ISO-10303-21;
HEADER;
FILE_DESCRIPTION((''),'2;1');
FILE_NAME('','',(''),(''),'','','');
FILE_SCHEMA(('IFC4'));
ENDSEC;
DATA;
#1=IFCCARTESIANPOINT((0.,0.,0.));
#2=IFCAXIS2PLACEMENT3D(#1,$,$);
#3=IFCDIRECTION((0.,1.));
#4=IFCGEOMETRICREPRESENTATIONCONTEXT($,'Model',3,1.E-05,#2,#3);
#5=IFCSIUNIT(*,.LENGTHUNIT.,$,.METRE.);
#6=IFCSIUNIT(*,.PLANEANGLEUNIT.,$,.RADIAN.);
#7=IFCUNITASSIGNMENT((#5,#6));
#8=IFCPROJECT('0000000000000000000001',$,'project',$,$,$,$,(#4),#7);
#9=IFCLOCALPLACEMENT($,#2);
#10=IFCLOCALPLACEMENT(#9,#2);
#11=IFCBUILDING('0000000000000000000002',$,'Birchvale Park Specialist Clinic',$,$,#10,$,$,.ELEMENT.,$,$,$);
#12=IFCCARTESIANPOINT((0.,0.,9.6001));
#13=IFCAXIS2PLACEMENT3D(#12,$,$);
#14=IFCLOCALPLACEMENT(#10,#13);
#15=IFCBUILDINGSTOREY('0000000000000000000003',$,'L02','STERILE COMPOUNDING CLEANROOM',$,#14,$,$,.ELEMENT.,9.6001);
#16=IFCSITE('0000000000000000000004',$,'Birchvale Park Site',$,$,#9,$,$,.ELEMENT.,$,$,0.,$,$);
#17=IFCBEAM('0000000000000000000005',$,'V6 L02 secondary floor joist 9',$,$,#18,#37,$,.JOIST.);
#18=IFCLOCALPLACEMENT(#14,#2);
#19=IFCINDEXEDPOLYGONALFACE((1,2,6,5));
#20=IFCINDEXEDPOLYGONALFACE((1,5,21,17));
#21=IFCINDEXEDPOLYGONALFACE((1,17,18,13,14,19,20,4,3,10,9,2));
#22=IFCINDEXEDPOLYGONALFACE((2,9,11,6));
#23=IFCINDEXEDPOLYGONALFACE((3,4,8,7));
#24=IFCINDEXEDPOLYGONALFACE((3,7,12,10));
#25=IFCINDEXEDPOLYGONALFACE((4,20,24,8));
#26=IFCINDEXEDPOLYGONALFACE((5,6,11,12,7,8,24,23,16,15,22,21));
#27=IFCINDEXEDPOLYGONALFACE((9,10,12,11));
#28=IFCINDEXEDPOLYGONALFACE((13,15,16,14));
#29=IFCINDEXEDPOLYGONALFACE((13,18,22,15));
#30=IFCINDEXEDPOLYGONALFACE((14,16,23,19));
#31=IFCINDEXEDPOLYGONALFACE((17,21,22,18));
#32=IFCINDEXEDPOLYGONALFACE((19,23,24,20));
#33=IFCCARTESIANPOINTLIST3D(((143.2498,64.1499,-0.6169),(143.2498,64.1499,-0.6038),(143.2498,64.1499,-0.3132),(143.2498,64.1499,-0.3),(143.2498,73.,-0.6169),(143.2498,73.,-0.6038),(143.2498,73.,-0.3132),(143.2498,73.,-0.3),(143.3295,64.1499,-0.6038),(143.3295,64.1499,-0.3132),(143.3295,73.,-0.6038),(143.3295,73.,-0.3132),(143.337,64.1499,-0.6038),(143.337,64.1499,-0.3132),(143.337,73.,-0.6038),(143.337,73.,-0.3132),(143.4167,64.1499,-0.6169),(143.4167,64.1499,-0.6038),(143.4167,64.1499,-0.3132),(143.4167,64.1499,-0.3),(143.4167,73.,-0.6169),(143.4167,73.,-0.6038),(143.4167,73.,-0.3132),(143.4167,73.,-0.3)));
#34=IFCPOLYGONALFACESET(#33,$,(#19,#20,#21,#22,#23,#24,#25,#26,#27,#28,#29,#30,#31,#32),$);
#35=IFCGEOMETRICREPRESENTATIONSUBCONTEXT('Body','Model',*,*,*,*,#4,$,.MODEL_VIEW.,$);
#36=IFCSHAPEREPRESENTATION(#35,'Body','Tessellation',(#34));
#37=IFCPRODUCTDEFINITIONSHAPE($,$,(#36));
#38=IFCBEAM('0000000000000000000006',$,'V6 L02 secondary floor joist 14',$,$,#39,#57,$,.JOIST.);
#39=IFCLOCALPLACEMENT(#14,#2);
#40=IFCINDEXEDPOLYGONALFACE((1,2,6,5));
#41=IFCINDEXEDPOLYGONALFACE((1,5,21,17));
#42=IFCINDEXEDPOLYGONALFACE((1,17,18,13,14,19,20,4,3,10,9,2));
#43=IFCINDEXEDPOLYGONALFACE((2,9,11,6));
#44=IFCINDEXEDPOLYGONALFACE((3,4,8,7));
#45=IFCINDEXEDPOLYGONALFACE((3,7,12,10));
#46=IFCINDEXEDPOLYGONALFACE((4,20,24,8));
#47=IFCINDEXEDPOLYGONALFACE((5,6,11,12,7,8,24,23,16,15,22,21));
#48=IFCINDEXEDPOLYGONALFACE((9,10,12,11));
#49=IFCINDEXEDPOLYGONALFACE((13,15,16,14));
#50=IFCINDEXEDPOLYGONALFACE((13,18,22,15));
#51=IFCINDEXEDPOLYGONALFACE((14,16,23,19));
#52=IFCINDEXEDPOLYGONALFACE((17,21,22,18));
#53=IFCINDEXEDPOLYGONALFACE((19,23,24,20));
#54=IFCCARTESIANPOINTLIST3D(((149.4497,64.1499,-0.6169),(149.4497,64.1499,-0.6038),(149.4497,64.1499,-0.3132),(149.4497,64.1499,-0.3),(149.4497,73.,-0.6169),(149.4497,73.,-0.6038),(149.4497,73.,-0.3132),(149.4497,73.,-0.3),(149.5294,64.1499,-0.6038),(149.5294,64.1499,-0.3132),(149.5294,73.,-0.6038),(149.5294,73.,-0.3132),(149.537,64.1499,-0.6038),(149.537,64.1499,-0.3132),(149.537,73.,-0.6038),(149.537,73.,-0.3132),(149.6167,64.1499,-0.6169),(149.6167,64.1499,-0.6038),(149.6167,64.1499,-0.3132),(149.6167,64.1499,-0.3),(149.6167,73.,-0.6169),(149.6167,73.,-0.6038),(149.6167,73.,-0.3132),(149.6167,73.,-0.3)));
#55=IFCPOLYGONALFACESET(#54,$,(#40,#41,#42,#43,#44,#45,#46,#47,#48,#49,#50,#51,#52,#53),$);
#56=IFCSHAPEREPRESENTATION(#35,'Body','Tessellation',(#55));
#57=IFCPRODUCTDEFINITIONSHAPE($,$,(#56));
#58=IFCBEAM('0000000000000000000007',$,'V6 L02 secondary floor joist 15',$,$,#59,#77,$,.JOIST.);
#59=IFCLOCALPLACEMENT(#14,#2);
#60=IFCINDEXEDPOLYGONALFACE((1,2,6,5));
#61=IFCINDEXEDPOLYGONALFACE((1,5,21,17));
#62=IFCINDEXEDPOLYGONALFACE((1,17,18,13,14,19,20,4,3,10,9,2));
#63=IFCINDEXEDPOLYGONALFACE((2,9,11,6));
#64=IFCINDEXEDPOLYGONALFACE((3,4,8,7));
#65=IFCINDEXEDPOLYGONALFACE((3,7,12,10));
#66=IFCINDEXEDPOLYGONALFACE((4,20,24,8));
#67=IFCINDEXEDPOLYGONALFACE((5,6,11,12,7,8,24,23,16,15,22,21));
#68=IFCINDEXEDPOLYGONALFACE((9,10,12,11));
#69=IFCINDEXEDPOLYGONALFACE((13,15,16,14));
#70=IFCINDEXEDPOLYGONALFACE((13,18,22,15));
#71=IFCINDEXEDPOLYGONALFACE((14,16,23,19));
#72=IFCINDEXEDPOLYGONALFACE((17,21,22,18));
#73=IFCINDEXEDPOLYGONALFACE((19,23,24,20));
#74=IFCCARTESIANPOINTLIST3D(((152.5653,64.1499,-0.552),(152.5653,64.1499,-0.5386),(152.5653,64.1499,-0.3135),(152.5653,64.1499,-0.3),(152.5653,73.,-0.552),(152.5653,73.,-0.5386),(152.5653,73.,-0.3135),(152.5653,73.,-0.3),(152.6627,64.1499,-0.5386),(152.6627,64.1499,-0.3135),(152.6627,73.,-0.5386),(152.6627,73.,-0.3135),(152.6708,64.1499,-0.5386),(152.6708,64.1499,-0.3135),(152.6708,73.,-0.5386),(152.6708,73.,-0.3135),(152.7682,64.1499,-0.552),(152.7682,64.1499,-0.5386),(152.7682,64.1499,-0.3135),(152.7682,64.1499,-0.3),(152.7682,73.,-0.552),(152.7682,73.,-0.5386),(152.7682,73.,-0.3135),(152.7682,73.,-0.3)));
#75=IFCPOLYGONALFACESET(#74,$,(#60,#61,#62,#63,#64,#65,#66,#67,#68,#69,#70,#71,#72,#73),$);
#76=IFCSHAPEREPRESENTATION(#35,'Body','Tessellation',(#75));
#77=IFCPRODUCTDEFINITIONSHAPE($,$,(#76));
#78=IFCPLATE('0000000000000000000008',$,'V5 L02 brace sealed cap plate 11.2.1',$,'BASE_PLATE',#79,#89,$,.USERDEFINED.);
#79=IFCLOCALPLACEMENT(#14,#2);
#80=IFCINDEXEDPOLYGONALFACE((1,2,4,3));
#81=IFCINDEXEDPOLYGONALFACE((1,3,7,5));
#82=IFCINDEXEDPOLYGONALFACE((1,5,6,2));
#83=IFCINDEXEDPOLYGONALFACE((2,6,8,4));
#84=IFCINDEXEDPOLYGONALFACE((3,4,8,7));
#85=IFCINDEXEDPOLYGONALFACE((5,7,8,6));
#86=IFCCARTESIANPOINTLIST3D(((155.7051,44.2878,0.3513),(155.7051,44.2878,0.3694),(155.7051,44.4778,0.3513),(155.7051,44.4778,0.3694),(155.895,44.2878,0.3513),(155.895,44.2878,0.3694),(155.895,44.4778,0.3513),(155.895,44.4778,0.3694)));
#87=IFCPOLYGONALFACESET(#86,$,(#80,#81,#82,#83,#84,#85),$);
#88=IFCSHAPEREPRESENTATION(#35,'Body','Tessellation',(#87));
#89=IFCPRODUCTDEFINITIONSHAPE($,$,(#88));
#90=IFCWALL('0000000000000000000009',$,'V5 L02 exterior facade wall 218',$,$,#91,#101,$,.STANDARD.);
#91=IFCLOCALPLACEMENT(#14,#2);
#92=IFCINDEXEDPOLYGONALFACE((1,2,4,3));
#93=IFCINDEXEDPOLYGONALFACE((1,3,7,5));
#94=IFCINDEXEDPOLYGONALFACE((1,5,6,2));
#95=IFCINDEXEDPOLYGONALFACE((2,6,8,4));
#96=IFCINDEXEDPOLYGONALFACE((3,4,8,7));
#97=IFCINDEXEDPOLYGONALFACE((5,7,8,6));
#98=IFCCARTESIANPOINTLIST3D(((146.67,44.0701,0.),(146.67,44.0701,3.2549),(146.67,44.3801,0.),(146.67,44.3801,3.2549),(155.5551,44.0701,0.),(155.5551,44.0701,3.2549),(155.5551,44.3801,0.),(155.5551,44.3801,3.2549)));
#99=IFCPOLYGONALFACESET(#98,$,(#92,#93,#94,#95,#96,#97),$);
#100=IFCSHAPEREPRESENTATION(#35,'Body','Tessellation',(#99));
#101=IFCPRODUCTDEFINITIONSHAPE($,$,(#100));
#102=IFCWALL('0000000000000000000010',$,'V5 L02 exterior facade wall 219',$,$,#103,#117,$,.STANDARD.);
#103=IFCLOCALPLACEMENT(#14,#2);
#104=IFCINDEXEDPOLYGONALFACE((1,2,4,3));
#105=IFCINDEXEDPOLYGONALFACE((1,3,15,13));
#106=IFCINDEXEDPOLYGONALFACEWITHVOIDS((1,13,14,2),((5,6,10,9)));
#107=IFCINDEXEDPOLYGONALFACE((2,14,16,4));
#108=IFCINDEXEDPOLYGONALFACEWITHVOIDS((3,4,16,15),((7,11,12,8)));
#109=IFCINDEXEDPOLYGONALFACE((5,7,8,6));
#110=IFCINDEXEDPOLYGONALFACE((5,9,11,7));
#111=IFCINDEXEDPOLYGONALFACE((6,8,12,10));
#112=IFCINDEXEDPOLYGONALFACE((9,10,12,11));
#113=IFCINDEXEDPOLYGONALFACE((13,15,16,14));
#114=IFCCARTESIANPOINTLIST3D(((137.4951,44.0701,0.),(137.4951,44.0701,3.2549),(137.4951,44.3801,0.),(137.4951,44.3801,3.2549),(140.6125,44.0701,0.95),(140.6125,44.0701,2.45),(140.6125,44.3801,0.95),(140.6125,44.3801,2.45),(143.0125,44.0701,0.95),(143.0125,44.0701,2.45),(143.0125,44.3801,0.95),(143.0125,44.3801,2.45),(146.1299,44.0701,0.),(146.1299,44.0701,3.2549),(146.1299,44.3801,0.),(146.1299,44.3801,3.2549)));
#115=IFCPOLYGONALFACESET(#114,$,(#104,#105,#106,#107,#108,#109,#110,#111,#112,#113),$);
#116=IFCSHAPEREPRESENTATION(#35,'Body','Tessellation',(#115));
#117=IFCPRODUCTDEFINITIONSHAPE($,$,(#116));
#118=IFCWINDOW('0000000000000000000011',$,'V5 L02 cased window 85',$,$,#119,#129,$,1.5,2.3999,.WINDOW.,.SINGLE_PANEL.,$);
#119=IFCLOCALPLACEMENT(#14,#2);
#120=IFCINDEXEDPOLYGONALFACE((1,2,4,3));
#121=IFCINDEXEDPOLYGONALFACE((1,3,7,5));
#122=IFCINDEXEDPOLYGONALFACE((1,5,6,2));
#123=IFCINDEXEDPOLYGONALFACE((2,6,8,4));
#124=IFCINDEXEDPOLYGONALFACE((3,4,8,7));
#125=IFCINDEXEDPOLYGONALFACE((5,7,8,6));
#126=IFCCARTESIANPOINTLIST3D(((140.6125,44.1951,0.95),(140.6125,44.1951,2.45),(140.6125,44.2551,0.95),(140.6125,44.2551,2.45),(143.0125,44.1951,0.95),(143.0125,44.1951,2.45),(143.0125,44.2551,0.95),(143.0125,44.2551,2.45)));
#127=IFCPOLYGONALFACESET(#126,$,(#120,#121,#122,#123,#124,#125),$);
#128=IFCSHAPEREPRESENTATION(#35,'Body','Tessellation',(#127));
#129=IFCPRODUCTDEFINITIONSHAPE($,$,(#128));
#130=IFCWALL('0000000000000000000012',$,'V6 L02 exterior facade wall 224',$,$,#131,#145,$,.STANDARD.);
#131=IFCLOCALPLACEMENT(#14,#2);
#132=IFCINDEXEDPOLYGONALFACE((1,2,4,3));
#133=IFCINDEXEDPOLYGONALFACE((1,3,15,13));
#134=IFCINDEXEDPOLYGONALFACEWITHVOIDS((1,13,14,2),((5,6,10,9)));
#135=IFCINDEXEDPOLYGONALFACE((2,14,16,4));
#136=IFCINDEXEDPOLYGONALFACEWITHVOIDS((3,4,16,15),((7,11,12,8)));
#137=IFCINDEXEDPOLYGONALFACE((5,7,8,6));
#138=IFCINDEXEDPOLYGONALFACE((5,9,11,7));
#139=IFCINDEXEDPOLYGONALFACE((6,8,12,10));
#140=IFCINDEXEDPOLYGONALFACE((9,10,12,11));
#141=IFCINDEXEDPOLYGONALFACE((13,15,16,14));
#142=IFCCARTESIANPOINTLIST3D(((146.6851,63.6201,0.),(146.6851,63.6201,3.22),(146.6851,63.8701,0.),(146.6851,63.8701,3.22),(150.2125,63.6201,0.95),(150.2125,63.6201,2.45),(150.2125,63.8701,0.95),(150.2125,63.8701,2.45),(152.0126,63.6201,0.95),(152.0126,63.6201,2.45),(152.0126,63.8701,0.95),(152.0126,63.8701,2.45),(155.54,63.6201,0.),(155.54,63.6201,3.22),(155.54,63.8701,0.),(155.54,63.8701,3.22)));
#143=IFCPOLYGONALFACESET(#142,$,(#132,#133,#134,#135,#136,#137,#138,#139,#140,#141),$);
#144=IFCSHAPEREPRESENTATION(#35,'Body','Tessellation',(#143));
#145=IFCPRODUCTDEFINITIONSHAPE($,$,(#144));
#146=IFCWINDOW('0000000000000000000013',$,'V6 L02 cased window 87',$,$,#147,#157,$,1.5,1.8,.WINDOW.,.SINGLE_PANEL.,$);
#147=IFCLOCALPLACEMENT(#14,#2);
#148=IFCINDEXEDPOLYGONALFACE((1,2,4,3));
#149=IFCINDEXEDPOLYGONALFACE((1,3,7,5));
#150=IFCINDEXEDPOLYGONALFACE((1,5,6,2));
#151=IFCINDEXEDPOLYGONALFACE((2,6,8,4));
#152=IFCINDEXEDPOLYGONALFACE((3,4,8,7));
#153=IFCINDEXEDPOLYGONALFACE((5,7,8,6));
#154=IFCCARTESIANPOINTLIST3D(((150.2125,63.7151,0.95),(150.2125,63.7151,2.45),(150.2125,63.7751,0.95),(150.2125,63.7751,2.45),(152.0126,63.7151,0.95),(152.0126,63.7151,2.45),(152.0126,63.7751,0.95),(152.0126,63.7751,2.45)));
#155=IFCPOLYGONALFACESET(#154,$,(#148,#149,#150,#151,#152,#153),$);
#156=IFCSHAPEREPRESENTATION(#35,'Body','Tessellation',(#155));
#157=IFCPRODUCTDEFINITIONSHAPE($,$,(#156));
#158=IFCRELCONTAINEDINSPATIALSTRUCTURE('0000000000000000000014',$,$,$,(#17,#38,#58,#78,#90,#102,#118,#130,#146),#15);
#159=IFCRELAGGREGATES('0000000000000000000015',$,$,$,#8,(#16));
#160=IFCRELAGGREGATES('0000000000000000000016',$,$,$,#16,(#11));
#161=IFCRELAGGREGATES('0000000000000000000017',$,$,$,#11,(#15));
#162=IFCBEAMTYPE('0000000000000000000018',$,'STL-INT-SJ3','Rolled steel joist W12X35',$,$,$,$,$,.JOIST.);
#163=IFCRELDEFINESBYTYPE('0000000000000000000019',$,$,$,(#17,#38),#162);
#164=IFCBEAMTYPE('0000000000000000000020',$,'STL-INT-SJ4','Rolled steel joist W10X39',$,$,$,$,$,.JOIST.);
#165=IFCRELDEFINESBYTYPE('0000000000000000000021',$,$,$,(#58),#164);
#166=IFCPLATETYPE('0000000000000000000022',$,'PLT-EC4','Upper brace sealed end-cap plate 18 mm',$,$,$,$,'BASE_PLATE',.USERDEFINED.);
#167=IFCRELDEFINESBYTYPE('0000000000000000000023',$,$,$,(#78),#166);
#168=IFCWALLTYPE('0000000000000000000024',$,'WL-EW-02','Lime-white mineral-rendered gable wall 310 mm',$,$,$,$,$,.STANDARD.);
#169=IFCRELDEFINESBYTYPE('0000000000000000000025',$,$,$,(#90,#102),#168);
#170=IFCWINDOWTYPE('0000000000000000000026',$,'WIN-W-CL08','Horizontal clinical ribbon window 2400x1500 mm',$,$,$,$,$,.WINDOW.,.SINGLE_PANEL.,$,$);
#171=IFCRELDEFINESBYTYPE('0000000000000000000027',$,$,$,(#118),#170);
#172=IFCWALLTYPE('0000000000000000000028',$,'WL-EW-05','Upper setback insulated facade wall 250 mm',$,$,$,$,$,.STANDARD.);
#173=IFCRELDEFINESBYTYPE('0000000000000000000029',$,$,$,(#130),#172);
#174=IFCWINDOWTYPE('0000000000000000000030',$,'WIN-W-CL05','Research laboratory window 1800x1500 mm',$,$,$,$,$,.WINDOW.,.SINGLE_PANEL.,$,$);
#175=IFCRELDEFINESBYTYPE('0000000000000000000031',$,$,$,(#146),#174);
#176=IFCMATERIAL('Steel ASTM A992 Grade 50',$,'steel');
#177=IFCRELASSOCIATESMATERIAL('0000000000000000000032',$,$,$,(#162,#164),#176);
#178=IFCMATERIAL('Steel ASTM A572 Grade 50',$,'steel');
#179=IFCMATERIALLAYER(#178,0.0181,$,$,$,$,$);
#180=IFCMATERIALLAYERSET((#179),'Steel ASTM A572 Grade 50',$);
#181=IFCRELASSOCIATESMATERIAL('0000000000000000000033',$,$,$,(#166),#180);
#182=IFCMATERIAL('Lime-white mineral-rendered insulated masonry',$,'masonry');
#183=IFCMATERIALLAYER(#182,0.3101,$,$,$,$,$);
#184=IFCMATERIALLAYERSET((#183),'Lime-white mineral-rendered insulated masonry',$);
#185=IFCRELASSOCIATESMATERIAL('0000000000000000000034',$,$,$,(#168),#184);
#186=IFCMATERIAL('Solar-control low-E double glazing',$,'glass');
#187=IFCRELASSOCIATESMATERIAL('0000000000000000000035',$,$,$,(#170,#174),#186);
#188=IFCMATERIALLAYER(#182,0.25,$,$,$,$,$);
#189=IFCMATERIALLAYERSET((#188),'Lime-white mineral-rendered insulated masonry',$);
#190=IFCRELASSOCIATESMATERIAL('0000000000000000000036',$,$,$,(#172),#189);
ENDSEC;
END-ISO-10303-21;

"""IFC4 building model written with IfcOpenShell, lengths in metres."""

from ifc_helpers import new_model, si_unit, direction, frame, frame_2d, origin, origin_2d, place, context, subcontext, project, spatial, rectangle, i_section, extrude, material, layer, layer_set, material_profile, profile_set, type_object, element, fill, save


model = new_model("IFC4")

# Units and contexts
model_context = context("Model", 3, precision=1e-05, world=origin(), true_north=direction((0.0, 1.0)))
body_context = subcontext(model_context, "Body", "Model", "MODEL_VIEW")
ifc_project = project(units=[si_unit("LENGTHUNIT", "METRE"), si_unit("PLANEANGLEUNIT", "RADIAN")], contexts=[model_context])

# Site, building, storey
site_placement = place(None, origin())
site = spatial("IfcSite", under=ifc_project, at=site_placement, Name="Birchvale Park Site", CompositionType="ELEMENT", RefElevation=0.0)
building_placement = place(site_placement, origin())
building = spatial("IfcBuilding", under=site, at=building_placement, Name="Birchvale Park Specialist Clinic", CompositionType="ELEMENT")
storey_placement = place(building_placement, frame((0.0, 0.0, 9.6001)))
storey = spatial("IfcBuildingStorey", under=building, at=storey_placement, Name="L02", Description="STERILE COMPOUNDING CLEANROOM", CompositionType="ELEMENT", Elevation=9.6001)

# Beams
ifc_material_1 = material(Name="Steel ASTM A992 Grade 50", Category="steel")
ifc_material_profile_1 = material_profile(ifc_material_1, i_section(OverallWidth=0.167, OverallDepth=0.3169, WebThickness=0.0076, FlangeThickness=0.0132, at=origin_2d()), Name="W12X35")
ifc_profile_set_1 = profile_set([ifc_material_profile_1], Name="Steel ASTM A992 Grade 50")
beam_type_1 = type_object("IfcBeamType", Name="STL-INT-SJ3", Description="Rolled steel joist W12X35", PredefinedType="JOIST", material=ifc_profile_set_1)
for number, where, z_axis, x_axis, name in (
    (1, (143.3333, 64.1499, -0.4585), (0.0, 1.0, 0.0), (-1.0, 0.0, 0.0), "V6 L02 secondary floor joist 9"),
    (2, (149.5332, 64.1499, -0.4585), (0.0, 1.0, 0.0), (-1.0, 0.0, 0.0), "V6 L02 secondary floor joist 14"),
):
    element("IfcBeam", number, at=place(storey_placement, frame(where, z_axis=z_axis, x_axis=x_axis)), inside=storey, type_object=beam_type_1, Name=name, PredefinedType="JOIST", context=body_context, shape_type="SweptSolid", body=[
        extrude(i_section(OverallWidth=0.167, OverallDepth=0.3169, WebThickness=0.0076, FlangeThickness=0.0132, at=origin_2d()), origin(), (0.0, 0.0, 1.0), 8.8501),
    ])
ifc_material_profile_2 = material_profile(ifc_material_1, i_section(OverallWidth=0.2029, OverallDepth=0.252, WebThickness=0.0081, FlangeThickness=0.0134, at=origin_2d()), Name="W10X39")
ifc_profile_set_2 = profile_set([ifc_material_profile_2], Name="Steel ASTM A992 Grade 50")
beam_type_2 = type_object("IfcBeamType", Name="STL-INT-SJ4", Description="Rolled steel joist W10X39", PredefinedType="JOIST", material=ifc_profile_set_2)
beam_1_placement = place(storey_placement, frame((152.6667, 64.1499, -0.426), z_axis=(0.0, 1.0, 0.0), x_axis=(-1.0, 0.0, 0.0)))
element("IfcBeam", 3, at=beam_1_placement, inside=storey, type_object=beam_type_2, Name="V6 L02 secondary floor joist 15", PredefinedType="JOIST", context=body_context, shape_type="SweptSolid", body=[
    extrude(i_section(OverallWidth=0.2029, OverallDepth=0.252, WebThickness=0.0081, FlangeThickness=0.0134, at=origin_2d()), origin(), (0.0, 0.0, 1.0), 8.8501),
])

# Plate
ifc_material_2 = material(Name="Steel ASTM A572 Grade 50", Category="steel")
ifc_layer_1 = layer(ifc_material_2, 0.0181)
ifc_layer_set_1 = layer_set([ifc_layer_1], Name="Steel ASTM A572 Grade 50")
plate_type = type_object("IfcPlateType", Name="PLT-EC4", Description="Upper brace sealed end-cap plate 18 mm", ElementType="BASE_PLATE", PredefinedType="USERDEFINED", material=ifc_layer_set_1)
plate_placement = place(storey_placement, frame((155.8, 44.3828, 0.3513), z_axis=(0.0, 0.0, 1.0), x_axis=(1.0, 0.0, 0.0)))
element("IfcPlate", 4, at=plate_placement, inside=storey, type_object=plate_type, Name="V5 L02 brace sealed cap plate 11.2.1", ObjectType="BASE_PLATE", PredefinedType="USERDEFINED", context=body_context, shape_type="SweptSolid", body=[
    extrude(rectangle(XDim=0.1899, YDim=0.1899, at=origin_2d()), origin(), (0.0, 0.0, 1.0), 0.0181),
])

# Wall
ifc_material_3 = material(Name="Lime-white mineral-rendered insulated masonry", Category="masonry")
ifc_layer_2 = layer(ifc_material_3, 0.3101)
ifc_layer_set_2 = layer_set([ifc_layer_2], Name="Lime-white mineral-rendered insulated masonry")
wall_type_1 = type_object("IfcWallType", Name="WL-EW-02", Description="Lime-white mineral-rendered gable wall 310 mm", PredefinedType="STANDARD", material=ifc_layer_set_2)
wall_1_placement = place(storey_placement, frame((155.5549, 44.2251, 0.0), z_axis=(0.0, 0.0, 1.0), x_axis=(-1.0, 0.0, 0.0)))
element("IfcWall", 5, at=wall_1_placement, inside=storey, type_object=wall_type_1, Name="V5 L02 exterior facade wall 218", PredefinedType="STANDARD", context=body_context, shape_type="SweptSolid", body=[
    extrude(rectangle(XDim=8.885, YDim=0.3101, at=frame_2d((4.4424, 0.0))), origin(), (0.0, 0.0, 1.0), 3.2549),
])

# Walls, openings, windows
wall_2_placement = place(storey_placement, frame((146.1299, 44.2251, 0.0), z_axis=(0.0, 0.0, 1.0), x_axis=(-1.0, 0.0, 0.0)))
wall_2 = element("IfcWall", 6, at=wall_2_placement, inside=storey, type_object=wall_type_1, Name="V5 L02 exterior facade wall 219", PredefinedType="STANDARD", context=body_context, shape_type="SweptSolid", body=[
    extrude(rectangle(XDim=8.6348, YDim=0.3101, at=frame_2d((4.3174, 0.0))), origin(), (0.0, 0.0, 1.0), 3.2549),
])
opening_1_placement = place(wall_2_placement, frame((3.1174, 0.0, 0.95)))
opening_1 = element("IfcOpeningElement", 7, at=opening_1_placement, cuts=wall_2, PredefinedType="OPENING", context=body_context, shape_type="SweptSolid", body=[
    extrude(rectangle(XDim=2.3999, YDim=1.5, at=frame_2d((1.2, 0.75))), frame((0.0, 0.165, 0.0), z_axis=(0.0, -1.0, 0.0), x_axis=(1.0, 0.0, 0.0)), (0.0, 0.0, 1.0), 0.3301),
])
ifc_material_4 = material(Name="Solar-control low-E double glazing", Category="glass")
window_type_1 = type_object("IfcWindowType", Name="WIN-W-CL08", Description="Horizontal clinical ribbon window 2400x1500 mm", PartitioningType="SINGLE_PANEL", PredefinedType="WINDOW", material=ifc_material_4)
window_1_placement = place(opening_1_placement, origin())
window_1 = element("IfcWindow", 8, at=window_1_placement, inside=storey, type_object=window_type_1, Name="V5 L02 cased window 85", OverallHeight=1.5, OverallWidth=2.3999, PartitioningType="SINGLE_PANEL", PredefinedType="WINDOW", context=body_context, shape_type="SweptSolid", body=[
    extrude(rectangle(XDim=2.3999, YDim=1.5, at=frame_2d((1.2, 0.75))), frame((0.0, 0.03, 0.0), z_axis=(0.0, -1.0, 0.0), x_axis=(1.0, 0.0, 0.0)), (0.0, 0.0, 1.0), 0.0601),
])
fill(opening_1, window_1)
ifc_layer_3 = layer(ifc_material_3, 0.25)
ifc_layer_set_3 = layer_set([ifc_layer_3], Name="Lime-white mineral-rendered insulated masonry")
wall_type_2 = type_object("IfcWallType", Name="WL-EW-05", Description="Upper setback insulated facade wall 250 mm", PredefinedType="STANDARD", material=ifc_layer_set_3)
wall_3_placement = place(storey_placement, frame((146.6851, 63.7451, 0.0), z_axis=(0.0, 0.0, 1.0), x_axis=(1.0, 0.0, 0.0)))
wall_3 = element("IfcWall", 9, at=wall_3_placement, inside=storey, type_object=wall_type_2, Name="V6 L02 exterior facade wall 224", PredefinedType="STANDARD", context=body_context, shape_type="SweptSolid", body=[
    extrude(rectangle(XDim=8.855, YDim=0.25, at=frame_2d((4.4275, 0.0))), origin(), (0.0, 0.0, 1.0), 3.22),
])
opening_2_placement = place(wall_3_placement, frame((3.5276, 0.0, 0.95)))
opening_2 = element("IfcOpeningElement", 10, at=opening_2_placement, cuts=wall_3, PredefinedType="OPENING", context=body_context, shape_type="SweptSolid", body=[
    extrude(rectangle(XDim=1.8, YDim=1.5, at=frame_2d((0.8999, 0.75))), frame((0.0, 0.135, 0.0), z_axis=(0.0, -1.0, 0.0), x_axis=(1.0, 0.0, 0.0)), (0.0, 0.0, 1.0), 0.27),
])
window_type_2 = type_object("IfcWindowType", Name="WIN-W-CL05", Description="Research laboratory window 1800x1500 mm", PartitioningType="SINGLE_PANEL", PredefinedType="WINDOW", material=ifc_material_4)
window_2_placement = place(opening_2_placement, origin())
window_2 = element("IfcWindow", 11, at=window_2_placement, inside=storey, type_object=window_type_2, Name="V6 L02 cased window 87", OverallHeight=1.5, OverallWidth=1.8, PartitioningType="SINGLE_PANEL", PredefinedType="WINDOW", context=body_context, shape_type="SweptSolid", body=[
    extrude(rectangle(XDim=1.8, YDim=1.5, at=frame_2d((0.8999, 0.75))), frame((0.0, 0.03, 0.0), z_axis=(0.0, -1.0, 0.0), x_axis=(1.0, 0.0, 0.0)), (0.0, 0.0, 1.0), 0.0601),
])
fill(opening_2, window_2)

save(model, "model.ifc")
